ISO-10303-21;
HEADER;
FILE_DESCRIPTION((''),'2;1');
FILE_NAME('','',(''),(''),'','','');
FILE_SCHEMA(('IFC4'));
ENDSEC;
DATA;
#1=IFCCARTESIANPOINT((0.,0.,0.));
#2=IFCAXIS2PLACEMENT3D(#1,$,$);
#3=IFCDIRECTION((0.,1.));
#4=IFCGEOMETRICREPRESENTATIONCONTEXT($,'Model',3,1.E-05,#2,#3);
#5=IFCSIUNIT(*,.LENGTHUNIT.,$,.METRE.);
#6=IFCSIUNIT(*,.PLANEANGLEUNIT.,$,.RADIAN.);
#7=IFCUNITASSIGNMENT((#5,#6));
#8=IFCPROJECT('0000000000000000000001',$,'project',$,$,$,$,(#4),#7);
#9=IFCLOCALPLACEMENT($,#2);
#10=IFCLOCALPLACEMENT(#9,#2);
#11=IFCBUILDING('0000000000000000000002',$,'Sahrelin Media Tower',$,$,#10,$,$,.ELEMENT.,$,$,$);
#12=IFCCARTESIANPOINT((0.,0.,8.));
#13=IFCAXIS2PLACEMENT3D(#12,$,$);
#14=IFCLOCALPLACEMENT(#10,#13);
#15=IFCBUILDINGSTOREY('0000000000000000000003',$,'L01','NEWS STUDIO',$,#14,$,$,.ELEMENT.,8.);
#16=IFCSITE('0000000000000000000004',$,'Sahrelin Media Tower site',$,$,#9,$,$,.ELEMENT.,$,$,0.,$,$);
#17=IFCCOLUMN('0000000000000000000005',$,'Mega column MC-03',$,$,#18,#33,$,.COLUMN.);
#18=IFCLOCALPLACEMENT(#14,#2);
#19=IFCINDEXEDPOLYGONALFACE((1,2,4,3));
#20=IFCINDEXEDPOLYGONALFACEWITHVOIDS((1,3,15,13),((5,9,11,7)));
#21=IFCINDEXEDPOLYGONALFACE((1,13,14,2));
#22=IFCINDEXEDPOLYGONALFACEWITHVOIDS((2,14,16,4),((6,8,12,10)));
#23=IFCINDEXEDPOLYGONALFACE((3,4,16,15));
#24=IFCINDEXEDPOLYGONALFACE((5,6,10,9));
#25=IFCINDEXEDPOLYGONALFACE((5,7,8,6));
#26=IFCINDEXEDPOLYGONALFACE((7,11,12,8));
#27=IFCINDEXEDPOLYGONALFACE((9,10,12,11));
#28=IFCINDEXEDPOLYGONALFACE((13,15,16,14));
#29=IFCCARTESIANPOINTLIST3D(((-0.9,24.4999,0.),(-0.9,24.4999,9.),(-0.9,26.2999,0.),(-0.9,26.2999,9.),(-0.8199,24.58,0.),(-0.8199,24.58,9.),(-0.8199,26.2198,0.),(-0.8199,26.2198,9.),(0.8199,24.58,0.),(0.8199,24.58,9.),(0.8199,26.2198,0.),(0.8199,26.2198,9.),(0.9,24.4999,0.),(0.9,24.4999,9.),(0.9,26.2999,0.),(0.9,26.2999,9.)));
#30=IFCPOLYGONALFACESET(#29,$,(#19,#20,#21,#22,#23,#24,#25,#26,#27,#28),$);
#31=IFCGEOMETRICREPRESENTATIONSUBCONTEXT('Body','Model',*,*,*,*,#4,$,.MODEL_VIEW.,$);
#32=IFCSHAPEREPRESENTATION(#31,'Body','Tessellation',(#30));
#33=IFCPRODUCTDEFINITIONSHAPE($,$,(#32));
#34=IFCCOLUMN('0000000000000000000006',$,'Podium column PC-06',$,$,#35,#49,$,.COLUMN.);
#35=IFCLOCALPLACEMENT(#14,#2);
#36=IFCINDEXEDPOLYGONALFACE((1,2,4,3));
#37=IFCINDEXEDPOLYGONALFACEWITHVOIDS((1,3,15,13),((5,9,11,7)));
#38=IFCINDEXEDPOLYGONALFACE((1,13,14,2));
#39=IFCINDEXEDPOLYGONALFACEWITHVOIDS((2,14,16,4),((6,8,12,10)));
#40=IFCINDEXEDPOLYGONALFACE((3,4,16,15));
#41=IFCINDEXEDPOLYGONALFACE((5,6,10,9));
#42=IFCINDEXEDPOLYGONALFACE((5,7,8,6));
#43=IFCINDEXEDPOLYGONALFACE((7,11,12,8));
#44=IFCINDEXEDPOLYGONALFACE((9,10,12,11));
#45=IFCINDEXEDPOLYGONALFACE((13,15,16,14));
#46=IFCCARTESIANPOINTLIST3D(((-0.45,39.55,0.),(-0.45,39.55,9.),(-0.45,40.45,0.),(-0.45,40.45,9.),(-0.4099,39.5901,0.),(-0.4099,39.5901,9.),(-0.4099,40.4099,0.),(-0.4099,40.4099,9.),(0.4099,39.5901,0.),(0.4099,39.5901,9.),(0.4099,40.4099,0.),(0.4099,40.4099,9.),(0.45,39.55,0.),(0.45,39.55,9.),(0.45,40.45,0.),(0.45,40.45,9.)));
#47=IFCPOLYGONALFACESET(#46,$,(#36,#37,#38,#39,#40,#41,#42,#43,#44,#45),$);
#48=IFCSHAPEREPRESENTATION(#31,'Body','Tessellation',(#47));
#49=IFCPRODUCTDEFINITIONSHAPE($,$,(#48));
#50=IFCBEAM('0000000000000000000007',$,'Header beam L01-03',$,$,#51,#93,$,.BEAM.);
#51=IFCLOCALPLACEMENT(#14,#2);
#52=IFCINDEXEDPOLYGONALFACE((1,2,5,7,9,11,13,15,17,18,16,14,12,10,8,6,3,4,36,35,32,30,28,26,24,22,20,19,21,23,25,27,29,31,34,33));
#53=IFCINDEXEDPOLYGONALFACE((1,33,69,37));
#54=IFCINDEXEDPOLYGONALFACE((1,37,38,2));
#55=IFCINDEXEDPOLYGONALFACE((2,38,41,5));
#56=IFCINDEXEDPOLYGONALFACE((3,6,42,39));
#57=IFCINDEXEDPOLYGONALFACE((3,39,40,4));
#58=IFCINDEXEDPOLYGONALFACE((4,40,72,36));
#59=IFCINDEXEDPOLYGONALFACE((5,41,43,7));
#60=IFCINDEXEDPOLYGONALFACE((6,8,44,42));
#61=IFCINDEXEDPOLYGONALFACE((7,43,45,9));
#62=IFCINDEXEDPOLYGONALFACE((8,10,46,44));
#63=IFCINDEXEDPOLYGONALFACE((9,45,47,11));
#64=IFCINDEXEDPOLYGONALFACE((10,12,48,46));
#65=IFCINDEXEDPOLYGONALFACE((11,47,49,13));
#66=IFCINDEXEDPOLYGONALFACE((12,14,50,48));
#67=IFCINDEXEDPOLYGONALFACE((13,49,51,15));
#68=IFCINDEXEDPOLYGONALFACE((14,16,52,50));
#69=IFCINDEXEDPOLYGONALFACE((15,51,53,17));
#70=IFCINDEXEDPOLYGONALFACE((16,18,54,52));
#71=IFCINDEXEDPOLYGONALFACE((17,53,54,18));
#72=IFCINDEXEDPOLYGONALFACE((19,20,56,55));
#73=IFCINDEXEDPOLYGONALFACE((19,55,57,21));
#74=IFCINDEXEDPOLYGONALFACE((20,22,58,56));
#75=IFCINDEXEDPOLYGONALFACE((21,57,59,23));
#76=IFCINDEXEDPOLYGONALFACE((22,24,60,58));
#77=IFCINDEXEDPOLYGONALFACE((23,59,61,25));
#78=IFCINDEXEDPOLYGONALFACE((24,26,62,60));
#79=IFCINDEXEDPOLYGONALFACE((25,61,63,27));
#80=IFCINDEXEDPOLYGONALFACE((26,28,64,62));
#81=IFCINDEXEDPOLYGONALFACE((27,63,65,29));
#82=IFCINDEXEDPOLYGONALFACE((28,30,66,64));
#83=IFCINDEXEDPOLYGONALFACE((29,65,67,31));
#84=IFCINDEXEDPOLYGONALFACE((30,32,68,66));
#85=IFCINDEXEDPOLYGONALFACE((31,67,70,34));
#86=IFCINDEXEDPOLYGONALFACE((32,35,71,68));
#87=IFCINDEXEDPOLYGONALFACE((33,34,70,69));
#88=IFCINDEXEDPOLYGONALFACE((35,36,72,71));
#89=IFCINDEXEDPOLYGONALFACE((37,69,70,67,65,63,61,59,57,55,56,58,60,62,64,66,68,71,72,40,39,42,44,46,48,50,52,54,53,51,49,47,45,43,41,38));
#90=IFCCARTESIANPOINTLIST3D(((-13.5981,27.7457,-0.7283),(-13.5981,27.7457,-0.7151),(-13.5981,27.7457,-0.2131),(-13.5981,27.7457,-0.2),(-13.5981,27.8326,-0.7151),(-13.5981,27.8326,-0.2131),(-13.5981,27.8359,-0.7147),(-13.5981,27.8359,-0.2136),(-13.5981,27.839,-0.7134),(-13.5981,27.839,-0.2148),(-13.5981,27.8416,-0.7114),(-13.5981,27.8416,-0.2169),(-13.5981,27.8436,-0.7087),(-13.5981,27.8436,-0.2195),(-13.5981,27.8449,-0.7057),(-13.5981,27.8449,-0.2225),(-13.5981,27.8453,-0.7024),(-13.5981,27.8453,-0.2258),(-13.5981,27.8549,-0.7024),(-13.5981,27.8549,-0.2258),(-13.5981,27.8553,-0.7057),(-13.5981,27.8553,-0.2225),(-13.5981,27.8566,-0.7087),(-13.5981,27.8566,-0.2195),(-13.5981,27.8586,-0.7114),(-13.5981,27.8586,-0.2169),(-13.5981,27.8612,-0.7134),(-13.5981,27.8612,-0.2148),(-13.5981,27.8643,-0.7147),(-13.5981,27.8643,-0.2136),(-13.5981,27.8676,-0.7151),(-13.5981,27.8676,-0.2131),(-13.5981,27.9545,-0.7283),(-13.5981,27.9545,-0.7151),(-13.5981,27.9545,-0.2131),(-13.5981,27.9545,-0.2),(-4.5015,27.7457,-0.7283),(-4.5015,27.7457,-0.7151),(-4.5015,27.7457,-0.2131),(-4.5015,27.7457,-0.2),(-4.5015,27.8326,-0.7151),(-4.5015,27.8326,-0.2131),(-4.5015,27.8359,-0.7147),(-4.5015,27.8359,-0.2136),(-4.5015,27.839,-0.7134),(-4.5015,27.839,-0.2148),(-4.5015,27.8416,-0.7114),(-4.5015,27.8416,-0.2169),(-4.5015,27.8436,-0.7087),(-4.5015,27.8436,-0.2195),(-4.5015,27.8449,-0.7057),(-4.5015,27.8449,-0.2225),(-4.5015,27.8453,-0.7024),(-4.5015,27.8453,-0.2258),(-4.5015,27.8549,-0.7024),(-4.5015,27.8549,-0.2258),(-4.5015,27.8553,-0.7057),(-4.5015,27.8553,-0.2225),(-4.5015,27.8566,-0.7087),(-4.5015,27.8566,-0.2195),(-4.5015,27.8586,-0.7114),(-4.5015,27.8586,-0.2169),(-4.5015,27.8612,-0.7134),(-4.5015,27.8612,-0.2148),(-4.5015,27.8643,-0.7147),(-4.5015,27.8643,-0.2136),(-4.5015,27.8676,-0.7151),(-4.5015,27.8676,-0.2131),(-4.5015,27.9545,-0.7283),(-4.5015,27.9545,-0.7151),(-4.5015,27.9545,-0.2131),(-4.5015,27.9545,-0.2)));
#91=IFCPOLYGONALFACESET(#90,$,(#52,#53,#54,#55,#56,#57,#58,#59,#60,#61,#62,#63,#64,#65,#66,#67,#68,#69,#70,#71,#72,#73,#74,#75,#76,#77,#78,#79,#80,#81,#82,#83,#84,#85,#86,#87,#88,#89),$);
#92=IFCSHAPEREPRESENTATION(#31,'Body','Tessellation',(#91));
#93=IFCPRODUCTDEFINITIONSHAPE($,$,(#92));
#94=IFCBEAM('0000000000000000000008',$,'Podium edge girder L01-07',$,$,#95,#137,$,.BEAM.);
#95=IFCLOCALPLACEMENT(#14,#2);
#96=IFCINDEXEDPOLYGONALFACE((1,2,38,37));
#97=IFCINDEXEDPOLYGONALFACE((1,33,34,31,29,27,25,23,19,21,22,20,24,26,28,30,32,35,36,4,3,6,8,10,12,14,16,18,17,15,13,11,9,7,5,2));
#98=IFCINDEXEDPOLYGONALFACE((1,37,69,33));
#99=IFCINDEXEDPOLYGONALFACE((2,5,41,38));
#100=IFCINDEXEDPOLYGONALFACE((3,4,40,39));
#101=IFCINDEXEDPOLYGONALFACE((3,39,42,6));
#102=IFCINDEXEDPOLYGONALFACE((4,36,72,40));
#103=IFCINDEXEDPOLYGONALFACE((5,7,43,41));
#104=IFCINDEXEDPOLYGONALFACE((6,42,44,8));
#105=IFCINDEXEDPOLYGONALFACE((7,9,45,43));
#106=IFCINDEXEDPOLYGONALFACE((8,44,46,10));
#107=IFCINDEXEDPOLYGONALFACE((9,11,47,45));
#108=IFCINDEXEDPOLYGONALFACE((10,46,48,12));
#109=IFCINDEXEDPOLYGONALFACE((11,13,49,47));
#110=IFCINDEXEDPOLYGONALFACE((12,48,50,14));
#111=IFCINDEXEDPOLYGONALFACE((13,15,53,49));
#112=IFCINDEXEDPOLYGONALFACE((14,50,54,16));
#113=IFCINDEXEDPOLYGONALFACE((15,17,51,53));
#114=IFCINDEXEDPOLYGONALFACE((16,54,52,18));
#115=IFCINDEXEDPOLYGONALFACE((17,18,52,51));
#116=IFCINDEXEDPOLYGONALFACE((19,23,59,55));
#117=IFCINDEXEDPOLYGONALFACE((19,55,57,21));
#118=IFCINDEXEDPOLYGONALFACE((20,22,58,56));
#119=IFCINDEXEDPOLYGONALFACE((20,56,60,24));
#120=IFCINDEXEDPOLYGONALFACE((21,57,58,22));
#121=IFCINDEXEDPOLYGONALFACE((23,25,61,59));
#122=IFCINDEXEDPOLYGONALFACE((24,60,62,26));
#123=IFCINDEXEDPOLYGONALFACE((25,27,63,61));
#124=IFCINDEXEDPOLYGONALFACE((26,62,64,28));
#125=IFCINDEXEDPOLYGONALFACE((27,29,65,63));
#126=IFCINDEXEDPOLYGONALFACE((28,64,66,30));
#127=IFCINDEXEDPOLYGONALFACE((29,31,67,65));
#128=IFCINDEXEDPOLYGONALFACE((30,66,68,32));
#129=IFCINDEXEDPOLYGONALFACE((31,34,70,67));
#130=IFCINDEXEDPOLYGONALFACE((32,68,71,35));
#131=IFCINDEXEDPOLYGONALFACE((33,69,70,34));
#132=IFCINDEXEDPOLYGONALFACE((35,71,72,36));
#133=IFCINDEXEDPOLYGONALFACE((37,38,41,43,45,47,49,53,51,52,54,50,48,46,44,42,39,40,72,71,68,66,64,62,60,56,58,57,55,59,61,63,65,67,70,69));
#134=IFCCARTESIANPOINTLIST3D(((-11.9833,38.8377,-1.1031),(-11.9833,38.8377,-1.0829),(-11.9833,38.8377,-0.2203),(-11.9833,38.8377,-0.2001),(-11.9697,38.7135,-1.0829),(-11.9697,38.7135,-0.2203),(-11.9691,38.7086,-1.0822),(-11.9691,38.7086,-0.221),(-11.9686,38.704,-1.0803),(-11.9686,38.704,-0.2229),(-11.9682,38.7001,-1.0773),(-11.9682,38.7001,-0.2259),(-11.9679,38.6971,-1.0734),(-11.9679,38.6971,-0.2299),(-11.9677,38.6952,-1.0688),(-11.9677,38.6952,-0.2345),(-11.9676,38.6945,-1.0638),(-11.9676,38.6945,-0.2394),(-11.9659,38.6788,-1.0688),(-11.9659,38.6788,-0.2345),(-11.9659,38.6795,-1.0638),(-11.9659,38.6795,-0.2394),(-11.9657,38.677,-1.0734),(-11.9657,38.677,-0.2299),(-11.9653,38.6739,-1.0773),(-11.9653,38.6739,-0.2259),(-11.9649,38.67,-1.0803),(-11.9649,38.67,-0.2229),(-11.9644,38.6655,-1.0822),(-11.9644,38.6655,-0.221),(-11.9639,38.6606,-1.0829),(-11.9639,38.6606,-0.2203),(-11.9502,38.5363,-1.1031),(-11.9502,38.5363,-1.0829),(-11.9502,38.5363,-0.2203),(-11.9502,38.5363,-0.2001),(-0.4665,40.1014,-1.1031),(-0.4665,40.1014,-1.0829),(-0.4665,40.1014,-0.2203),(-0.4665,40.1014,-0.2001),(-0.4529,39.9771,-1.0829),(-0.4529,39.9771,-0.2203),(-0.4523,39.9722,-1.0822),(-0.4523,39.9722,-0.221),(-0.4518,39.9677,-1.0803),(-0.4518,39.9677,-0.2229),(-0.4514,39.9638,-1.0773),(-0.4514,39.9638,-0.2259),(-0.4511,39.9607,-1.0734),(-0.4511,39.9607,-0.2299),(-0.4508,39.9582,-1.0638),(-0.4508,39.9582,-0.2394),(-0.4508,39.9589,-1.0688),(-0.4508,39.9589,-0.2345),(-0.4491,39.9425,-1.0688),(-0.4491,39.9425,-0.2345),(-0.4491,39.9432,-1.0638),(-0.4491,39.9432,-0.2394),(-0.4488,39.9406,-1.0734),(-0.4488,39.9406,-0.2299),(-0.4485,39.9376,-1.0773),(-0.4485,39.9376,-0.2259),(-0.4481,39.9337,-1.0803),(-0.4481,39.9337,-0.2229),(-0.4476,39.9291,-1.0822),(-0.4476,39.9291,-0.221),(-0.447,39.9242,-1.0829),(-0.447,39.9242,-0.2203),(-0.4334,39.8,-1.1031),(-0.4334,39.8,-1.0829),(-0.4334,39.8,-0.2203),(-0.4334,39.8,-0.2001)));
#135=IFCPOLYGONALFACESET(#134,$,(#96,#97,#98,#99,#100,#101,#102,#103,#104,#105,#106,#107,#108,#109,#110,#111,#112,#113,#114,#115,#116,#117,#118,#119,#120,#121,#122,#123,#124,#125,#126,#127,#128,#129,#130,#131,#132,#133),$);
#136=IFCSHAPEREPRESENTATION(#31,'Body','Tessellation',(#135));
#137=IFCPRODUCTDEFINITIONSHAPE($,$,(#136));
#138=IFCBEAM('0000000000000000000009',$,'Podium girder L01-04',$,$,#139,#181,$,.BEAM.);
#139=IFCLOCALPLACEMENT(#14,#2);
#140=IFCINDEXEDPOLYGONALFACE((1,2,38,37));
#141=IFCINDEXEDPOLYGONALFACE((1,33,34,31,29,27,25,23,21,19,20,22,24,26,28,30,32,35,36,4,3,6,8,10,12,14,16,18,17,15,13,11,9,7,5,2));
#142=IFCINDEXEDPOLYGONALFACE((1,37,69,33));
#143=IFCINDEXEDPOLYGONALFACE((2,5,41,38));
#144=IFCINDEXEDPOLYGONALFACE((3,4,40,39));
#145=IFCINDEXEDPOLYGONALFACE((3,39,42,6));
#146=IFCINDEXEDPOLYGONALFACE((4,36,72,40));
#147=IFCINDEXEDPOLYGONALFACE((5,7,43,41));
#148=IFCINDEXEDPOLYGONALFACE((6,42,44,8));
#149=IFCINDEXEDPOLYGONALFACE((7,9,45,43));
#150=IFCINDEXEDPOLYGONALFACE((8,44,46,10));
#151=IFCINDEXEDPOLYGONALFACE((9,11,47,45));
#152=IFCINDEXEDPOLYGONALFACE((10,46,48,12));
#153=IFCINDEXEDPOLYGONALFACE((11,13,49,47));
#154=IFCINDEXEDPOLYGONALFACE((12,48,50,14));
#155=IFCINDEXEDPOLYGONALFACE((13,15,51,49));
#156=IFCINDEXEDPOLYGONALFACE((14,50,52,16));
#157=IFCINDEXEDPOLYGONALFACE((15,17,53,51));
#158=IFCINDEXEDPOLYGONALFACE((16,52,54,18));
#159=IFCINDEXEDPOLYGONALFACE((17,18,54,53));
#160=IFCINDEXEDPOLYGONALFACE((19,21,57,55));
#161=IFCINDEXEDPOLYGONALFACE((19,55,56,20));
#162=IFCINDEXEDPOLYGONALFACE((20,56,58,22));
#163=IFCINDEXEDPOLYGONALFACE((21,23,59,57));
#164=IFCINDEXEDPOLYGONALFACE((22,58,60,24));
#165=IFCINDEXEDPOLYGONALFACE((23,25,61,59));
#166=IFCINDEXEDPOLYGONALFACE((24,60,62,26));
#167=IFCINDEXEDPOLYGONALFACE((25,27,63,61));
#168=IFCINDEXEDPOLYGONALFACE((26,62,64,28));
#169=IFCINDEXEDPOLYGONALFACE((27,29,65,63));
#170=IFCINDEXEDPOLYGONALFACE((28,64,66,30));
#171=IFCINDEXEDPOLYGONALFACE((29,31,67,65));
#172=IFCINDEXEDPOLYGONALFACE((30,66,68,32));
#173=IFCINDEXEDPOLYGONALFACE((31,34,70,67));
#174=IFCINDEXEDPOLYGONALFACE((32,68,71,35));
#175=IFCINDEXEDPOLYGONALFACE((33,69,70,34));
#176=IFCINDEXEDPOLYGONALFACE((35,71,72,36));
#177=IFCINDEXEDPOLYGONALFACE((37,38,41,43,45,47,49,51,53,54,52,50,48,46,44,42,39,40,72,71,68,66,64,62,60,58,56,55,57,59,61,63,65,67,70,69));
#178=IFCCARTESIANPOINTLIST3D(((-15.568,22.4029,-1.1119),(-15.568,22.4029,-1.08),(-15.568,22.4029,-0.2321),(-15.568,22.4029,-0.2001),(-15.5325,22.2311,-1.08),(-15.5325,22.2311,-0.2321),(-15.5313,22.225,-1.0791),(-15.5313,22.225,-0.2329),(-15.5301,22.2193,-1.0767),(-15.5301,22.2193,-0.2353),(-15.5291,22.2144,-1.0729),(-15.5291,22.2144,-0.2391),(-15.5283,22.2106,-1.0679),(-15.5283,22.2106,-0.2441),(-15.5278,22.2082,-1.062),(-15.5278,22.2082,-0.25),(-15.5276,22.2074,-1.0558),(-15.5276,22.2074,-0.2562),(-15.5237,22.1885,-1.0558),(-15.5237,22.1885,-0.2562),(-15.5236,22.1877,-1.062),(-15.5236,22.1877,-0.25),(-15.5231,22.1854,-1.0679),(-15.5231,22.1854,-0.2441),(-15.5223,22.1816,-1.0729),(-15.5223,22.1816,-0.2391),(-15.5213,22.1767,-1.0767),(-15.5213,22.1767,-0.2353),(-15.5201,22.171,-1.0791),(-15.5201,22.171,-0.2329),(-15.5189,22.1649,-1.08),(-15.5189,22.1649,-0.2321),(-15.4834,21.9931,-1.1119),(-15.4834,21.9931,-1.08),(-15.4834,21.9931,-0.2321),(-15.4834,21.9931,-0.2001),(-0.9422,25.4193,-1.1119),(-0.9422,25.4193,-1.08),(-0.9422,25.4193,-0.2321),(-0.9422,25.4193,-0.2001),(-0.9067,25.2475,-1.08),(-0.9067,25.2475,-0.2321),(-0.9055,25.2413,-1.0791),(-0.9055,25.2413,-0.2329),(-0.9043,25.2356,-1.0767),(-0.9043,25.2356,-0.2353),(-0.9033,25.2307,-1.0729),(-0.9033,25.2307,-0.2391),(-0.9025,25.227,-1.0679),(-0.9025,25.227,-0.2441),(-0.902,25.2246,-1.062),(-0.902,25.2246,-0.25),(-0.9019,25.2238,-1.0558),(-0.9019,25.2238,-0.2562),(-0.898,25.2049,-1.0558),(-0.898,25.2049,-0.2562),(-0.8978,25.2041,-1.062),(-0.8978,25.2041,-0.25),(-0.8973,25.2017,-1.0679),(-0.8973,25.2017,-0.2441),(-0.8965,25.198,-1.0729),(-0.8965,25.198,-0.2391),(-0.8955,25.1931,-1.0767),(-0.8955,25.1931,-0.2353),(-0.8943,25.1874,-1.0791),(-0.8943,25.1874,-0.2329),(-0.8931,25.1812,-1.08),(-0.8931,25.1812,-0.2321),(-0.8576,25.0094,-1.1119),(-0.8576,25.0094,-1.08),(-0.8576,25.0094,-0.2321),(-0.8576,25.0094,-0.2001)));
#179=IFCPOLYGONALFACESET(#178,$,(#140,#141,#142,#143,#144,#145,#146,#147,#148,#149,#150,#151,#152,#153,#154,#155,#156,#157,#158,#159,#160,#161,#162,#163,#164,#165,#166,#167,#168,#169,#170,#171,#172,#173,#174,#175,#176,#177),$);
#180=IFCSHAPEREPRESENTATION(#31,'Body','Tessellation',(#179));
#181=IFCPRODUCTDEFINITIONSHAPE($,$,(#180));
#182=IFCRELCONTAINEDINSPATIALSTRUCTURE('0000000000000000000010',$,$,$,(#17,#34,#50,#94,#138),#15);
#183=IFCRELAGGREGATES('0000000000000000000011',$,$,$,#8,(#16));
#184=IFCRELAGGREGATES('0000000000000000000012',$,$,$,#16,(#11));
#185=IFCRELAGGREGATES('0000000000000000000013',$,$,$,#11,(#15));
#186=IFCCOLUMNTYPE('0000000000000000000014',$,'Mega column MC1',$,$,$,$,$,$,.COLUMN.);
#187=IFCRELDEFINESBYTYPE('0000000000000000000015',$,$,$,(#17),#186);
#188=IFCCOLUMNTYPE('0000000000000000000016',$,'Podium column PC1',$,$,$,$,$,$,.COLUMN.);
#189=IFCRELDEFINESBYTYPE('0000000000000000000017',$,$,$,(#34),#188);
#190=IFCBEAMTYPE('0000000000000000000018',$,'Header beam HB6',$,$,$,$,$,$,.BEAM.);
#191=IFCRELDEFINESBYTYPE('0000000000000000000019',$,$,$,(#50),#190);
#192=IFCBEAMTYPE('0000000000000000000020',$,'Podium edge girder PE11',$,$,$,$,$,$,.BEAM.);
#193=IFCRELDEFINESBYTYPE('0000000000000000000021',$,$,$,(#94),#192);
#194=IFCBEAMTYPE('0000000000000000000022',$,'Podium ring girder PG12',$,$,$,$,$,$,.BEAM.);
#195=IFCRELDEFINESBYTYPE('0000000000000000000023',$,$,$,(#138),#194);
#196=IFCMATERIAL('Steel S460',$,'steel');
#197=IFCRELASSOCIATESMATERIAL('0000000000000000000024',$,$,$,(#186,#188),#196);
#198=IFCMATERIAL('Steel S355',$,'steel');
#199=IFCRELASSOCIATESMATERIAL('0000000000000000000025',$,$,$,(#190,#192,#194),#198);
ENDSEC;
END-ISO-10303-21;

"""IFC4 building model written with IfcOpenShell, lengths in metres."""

from ifc_helpers import new_model, si_unit, direction, frame, origin, origin_2d, place, context, subcontext, project, spatial, hollow_rectangle, i_section, extrude, material, material_profile, profile_set, type_object, element, save


model = new_model("IFC4")

# Units and contexts
model_context = context("Model", 3, precision=1e-05, world=origin(), true_north=direction((0.0, 1.0)))
body_context = subcontext(model_context, "Body", "Model", "MODEL_VIEW")
ifc_project = project(units=[si_unit("LENGTHUNIT", "METRE"), si_unit("PLANEANGLEUNIT", "RADIAN")], contexts=[model_context])

# Site, building, storey
site_placement = place(None, origin())
site = spatial("IfcSite", under=ifc_project, at=site_placement, Name="Sahrelin Media Tower site", CompositionType="ELEMENT", RefElevation=0.0)
building_placement = place(site_placement, origin())
building = spatial("IfcBuilding", under=site, at=building_placement, Name="Sahrelin Media Tower", CompositionType="ELEMENT")
storey_placement = place(building_placement, frame((0.0, 0.0, 8.0)))
storey = spatial("IfcBuildingStorey", under=building, at=storey_placement, Name="L01", Description="NEWS STUDIO", CompositionType="ELEMENT", Elevation=8.0)

# Columns
ifc_material_1 = material(Name="Steel S460", Category="steel")
ifc_material_profile_1 = material_profile(ifc_material_1, hollow_rectangle(XDim=1.8, YDim=1.8, WallThickness=0.0801, at=origin_2d()), Name="Mega column MC1")
ifc_profile_set_1 = profile_set([ifc_material_profile_1], Name="Steel S460")
column_type_1 = type_object("IfcColumnType", Name="Mega column MC1", PredefinedType="COLUMN", material=ifc_profile_set_1)
column_1_placement = place(storey_placement, frame((0.0, 25.3999, 0.0), z_axis=(0.0, 0.0, 1.0), x_axis=(0.0, 1.0, 0.0)))
element("IfcColumn", 1, at=column_1_placement, inside=storey, type_object=column_type_1, Name="Mega column MC-03", PredefinedType="COLUMN", context=body_context, shape_type="SweptSolid", body=[
    extrude(hollow_rectangle(XDim=1.8, YDim=1.8, WallThickness=0.0801, at=origin_2d()), origin(), (0.0, 0.0, 1.0), 9.0),
])
ifc_material_profile_2 = material_profile(ifc_material_1, hollow_rectangle(XDim=0.8999, YDim=0.8999, WallThickness=0.04, at=origin_2d()), Name="Podium column PC1")
ifc_profile_set_2 = profile_set([ifc_material_profile_2], Name="Steel S460")
column_type_2 = type_object("IfcColumnType", Name="Podium column PC1", PredefinedType="COLUMN", material=ifc_profile_set_2)
column_2_placement = place(storey_placement, frame((0.0, 40.0, 0.0), z_axis=(0.0, 0.0, 1.0), x_axis=(0.0, 1.0, 0.0)))
element("IfcColumn", 2, at=column_2_placement, inside=storey, type_object=column_type_2, Name="Podium column PC-06", PredefinedType="COLUMN", context=body_context, shape_type="SweptSolid", body=[
    extrude(hollow_rectangle(XDim=0.8999, YDim=0.8999, WallThickness=0.04, at=origin_2d()), origin(), (0.0, 0.0, 1.0), 9.0),
])

# Beams
ifc_material_2 = material(Name="Steel S355", Category="steel")
ifc_material_profile_3 = material_profile(ifc_material_2, i_section(OverallWidth=0.2087, OverallDepth=0.5283, WebThickness=0.0095, FlangeThickness=0.0132, FilletRadius=0.0127, at=origin_2d()), Name="UB 533x210x82")
ifc_profile_set_3 = profile_set([ifc_material_profile_3], Name="Steel S355")
beam_type_1 = type_object("IfcBeamType", Name="Header beam HB6", PredefinedType="BEAM", material=ifc_profile_set_3)
beam_1_placement = place(storey_placement, frame((-4.5015, 27.8501, -0.4641), z_axis=(-1.0, 0.0, 0.0), x_axis=(0.0, -1.0, 0.0)))
element("IfcBeam", 3, at=beam_1_placement, inside=storey, type_object=beam_type_1, Name="Header beam L01-03", PredefinedType="BEAM", context=body_context, shape_type="SweptSolid", body=[
    extrude(i_section(OverallWidth=0.2087, OverallDepth=0.5283, WebThickness=0.0095, FlangeThickness=0.0132, FilletRadius=0.0127, at=origin_2d()), origin(), (0.0, 0.0, 1.0), 9.0967),
])
ifc_material_profile_4 = material_profile(ifc_material_2, i_section(OverallWidth=0.3032, OverallDepth=0.9031, WebThickness=0.0151, FlangeThickness=0.0203, FilletRadius=0.019, at=origin_2d()), Name="UB 914x305x201")
ifc_profile_set_4 = profile_set([ifc_material_profile_4], Name="Steel S355")
beam_type_2 = type_object("IfcBeamType", Name="Podium edge girder PE11", PredefinedType="BEAM", material=ifc_profile_set_4)
beam_2_placement = place(storey_placement, frame((-0.45, 39.9507, -0.6516), z_axis=(-0.994034, -0.109069, 0.0), x_axis=(0.109069, -0.994034, 0.0)))
element("IfcBeam", 4, at=beam_2_placement, inside=storey, type_object=beam_type_2, Name="Podium edge girder L01-07", PredefinedType="BEAM", context=body_context, shape_type="SweptSolid", body=[
    extrude(i_section(OverallWidth=0.3032, OverallDepth=0.9031, WebThickness=0.0151, FlangeThickness=0.0203, FilletRadius=0.019, at=origin_2d()), origin(), (0.0, 0.0, 1.0), 11.5859),
])
ifc_material_profile_5 = material_profile(ifc_material_2, i_section(OverallWidth=0.4185, OverallDepth=0.9119, WebThickness=0.0193, FlangeThickness=0.032, FilletRadius=0.0242, at=origin_2d()), Name="UB 914x419x343")
ifc_profile_set_5 = profile_set([ifc_material_profile_5], Name="Steel S355")
beam_type_3 = type_object("IfcBeamType", Name="Podium ring girder PG12", PredefinedType="BEAM", material=ifc_profile_set_5)
beam_3_placement = place(storey_placement, frame((-0.8999, 25.2144, -0.656), z_axis=(-0.979389, -0.201985, 0.0), x_axis=(0.201985, -0.979389, 0.0)))
element("IfcBeam", 5, at=beam_3_placement, inside=storey, type_object=beam_type_3, Name="Podium girder L01-04", PredefinedType="BEAM", context=body_context, shape_type="SweptSolid", body=[
    extrude(i_section(OverallWidth=0.4185, OverallDepth=0.9119, WebThickness=0.0193, FlangeThickness=0.032, FilletRadius=0.0242, at=origin_2d()), origin(), (0.0, 0.0, 1.0), 14.9336),
])

save(model, "model.ifc")
